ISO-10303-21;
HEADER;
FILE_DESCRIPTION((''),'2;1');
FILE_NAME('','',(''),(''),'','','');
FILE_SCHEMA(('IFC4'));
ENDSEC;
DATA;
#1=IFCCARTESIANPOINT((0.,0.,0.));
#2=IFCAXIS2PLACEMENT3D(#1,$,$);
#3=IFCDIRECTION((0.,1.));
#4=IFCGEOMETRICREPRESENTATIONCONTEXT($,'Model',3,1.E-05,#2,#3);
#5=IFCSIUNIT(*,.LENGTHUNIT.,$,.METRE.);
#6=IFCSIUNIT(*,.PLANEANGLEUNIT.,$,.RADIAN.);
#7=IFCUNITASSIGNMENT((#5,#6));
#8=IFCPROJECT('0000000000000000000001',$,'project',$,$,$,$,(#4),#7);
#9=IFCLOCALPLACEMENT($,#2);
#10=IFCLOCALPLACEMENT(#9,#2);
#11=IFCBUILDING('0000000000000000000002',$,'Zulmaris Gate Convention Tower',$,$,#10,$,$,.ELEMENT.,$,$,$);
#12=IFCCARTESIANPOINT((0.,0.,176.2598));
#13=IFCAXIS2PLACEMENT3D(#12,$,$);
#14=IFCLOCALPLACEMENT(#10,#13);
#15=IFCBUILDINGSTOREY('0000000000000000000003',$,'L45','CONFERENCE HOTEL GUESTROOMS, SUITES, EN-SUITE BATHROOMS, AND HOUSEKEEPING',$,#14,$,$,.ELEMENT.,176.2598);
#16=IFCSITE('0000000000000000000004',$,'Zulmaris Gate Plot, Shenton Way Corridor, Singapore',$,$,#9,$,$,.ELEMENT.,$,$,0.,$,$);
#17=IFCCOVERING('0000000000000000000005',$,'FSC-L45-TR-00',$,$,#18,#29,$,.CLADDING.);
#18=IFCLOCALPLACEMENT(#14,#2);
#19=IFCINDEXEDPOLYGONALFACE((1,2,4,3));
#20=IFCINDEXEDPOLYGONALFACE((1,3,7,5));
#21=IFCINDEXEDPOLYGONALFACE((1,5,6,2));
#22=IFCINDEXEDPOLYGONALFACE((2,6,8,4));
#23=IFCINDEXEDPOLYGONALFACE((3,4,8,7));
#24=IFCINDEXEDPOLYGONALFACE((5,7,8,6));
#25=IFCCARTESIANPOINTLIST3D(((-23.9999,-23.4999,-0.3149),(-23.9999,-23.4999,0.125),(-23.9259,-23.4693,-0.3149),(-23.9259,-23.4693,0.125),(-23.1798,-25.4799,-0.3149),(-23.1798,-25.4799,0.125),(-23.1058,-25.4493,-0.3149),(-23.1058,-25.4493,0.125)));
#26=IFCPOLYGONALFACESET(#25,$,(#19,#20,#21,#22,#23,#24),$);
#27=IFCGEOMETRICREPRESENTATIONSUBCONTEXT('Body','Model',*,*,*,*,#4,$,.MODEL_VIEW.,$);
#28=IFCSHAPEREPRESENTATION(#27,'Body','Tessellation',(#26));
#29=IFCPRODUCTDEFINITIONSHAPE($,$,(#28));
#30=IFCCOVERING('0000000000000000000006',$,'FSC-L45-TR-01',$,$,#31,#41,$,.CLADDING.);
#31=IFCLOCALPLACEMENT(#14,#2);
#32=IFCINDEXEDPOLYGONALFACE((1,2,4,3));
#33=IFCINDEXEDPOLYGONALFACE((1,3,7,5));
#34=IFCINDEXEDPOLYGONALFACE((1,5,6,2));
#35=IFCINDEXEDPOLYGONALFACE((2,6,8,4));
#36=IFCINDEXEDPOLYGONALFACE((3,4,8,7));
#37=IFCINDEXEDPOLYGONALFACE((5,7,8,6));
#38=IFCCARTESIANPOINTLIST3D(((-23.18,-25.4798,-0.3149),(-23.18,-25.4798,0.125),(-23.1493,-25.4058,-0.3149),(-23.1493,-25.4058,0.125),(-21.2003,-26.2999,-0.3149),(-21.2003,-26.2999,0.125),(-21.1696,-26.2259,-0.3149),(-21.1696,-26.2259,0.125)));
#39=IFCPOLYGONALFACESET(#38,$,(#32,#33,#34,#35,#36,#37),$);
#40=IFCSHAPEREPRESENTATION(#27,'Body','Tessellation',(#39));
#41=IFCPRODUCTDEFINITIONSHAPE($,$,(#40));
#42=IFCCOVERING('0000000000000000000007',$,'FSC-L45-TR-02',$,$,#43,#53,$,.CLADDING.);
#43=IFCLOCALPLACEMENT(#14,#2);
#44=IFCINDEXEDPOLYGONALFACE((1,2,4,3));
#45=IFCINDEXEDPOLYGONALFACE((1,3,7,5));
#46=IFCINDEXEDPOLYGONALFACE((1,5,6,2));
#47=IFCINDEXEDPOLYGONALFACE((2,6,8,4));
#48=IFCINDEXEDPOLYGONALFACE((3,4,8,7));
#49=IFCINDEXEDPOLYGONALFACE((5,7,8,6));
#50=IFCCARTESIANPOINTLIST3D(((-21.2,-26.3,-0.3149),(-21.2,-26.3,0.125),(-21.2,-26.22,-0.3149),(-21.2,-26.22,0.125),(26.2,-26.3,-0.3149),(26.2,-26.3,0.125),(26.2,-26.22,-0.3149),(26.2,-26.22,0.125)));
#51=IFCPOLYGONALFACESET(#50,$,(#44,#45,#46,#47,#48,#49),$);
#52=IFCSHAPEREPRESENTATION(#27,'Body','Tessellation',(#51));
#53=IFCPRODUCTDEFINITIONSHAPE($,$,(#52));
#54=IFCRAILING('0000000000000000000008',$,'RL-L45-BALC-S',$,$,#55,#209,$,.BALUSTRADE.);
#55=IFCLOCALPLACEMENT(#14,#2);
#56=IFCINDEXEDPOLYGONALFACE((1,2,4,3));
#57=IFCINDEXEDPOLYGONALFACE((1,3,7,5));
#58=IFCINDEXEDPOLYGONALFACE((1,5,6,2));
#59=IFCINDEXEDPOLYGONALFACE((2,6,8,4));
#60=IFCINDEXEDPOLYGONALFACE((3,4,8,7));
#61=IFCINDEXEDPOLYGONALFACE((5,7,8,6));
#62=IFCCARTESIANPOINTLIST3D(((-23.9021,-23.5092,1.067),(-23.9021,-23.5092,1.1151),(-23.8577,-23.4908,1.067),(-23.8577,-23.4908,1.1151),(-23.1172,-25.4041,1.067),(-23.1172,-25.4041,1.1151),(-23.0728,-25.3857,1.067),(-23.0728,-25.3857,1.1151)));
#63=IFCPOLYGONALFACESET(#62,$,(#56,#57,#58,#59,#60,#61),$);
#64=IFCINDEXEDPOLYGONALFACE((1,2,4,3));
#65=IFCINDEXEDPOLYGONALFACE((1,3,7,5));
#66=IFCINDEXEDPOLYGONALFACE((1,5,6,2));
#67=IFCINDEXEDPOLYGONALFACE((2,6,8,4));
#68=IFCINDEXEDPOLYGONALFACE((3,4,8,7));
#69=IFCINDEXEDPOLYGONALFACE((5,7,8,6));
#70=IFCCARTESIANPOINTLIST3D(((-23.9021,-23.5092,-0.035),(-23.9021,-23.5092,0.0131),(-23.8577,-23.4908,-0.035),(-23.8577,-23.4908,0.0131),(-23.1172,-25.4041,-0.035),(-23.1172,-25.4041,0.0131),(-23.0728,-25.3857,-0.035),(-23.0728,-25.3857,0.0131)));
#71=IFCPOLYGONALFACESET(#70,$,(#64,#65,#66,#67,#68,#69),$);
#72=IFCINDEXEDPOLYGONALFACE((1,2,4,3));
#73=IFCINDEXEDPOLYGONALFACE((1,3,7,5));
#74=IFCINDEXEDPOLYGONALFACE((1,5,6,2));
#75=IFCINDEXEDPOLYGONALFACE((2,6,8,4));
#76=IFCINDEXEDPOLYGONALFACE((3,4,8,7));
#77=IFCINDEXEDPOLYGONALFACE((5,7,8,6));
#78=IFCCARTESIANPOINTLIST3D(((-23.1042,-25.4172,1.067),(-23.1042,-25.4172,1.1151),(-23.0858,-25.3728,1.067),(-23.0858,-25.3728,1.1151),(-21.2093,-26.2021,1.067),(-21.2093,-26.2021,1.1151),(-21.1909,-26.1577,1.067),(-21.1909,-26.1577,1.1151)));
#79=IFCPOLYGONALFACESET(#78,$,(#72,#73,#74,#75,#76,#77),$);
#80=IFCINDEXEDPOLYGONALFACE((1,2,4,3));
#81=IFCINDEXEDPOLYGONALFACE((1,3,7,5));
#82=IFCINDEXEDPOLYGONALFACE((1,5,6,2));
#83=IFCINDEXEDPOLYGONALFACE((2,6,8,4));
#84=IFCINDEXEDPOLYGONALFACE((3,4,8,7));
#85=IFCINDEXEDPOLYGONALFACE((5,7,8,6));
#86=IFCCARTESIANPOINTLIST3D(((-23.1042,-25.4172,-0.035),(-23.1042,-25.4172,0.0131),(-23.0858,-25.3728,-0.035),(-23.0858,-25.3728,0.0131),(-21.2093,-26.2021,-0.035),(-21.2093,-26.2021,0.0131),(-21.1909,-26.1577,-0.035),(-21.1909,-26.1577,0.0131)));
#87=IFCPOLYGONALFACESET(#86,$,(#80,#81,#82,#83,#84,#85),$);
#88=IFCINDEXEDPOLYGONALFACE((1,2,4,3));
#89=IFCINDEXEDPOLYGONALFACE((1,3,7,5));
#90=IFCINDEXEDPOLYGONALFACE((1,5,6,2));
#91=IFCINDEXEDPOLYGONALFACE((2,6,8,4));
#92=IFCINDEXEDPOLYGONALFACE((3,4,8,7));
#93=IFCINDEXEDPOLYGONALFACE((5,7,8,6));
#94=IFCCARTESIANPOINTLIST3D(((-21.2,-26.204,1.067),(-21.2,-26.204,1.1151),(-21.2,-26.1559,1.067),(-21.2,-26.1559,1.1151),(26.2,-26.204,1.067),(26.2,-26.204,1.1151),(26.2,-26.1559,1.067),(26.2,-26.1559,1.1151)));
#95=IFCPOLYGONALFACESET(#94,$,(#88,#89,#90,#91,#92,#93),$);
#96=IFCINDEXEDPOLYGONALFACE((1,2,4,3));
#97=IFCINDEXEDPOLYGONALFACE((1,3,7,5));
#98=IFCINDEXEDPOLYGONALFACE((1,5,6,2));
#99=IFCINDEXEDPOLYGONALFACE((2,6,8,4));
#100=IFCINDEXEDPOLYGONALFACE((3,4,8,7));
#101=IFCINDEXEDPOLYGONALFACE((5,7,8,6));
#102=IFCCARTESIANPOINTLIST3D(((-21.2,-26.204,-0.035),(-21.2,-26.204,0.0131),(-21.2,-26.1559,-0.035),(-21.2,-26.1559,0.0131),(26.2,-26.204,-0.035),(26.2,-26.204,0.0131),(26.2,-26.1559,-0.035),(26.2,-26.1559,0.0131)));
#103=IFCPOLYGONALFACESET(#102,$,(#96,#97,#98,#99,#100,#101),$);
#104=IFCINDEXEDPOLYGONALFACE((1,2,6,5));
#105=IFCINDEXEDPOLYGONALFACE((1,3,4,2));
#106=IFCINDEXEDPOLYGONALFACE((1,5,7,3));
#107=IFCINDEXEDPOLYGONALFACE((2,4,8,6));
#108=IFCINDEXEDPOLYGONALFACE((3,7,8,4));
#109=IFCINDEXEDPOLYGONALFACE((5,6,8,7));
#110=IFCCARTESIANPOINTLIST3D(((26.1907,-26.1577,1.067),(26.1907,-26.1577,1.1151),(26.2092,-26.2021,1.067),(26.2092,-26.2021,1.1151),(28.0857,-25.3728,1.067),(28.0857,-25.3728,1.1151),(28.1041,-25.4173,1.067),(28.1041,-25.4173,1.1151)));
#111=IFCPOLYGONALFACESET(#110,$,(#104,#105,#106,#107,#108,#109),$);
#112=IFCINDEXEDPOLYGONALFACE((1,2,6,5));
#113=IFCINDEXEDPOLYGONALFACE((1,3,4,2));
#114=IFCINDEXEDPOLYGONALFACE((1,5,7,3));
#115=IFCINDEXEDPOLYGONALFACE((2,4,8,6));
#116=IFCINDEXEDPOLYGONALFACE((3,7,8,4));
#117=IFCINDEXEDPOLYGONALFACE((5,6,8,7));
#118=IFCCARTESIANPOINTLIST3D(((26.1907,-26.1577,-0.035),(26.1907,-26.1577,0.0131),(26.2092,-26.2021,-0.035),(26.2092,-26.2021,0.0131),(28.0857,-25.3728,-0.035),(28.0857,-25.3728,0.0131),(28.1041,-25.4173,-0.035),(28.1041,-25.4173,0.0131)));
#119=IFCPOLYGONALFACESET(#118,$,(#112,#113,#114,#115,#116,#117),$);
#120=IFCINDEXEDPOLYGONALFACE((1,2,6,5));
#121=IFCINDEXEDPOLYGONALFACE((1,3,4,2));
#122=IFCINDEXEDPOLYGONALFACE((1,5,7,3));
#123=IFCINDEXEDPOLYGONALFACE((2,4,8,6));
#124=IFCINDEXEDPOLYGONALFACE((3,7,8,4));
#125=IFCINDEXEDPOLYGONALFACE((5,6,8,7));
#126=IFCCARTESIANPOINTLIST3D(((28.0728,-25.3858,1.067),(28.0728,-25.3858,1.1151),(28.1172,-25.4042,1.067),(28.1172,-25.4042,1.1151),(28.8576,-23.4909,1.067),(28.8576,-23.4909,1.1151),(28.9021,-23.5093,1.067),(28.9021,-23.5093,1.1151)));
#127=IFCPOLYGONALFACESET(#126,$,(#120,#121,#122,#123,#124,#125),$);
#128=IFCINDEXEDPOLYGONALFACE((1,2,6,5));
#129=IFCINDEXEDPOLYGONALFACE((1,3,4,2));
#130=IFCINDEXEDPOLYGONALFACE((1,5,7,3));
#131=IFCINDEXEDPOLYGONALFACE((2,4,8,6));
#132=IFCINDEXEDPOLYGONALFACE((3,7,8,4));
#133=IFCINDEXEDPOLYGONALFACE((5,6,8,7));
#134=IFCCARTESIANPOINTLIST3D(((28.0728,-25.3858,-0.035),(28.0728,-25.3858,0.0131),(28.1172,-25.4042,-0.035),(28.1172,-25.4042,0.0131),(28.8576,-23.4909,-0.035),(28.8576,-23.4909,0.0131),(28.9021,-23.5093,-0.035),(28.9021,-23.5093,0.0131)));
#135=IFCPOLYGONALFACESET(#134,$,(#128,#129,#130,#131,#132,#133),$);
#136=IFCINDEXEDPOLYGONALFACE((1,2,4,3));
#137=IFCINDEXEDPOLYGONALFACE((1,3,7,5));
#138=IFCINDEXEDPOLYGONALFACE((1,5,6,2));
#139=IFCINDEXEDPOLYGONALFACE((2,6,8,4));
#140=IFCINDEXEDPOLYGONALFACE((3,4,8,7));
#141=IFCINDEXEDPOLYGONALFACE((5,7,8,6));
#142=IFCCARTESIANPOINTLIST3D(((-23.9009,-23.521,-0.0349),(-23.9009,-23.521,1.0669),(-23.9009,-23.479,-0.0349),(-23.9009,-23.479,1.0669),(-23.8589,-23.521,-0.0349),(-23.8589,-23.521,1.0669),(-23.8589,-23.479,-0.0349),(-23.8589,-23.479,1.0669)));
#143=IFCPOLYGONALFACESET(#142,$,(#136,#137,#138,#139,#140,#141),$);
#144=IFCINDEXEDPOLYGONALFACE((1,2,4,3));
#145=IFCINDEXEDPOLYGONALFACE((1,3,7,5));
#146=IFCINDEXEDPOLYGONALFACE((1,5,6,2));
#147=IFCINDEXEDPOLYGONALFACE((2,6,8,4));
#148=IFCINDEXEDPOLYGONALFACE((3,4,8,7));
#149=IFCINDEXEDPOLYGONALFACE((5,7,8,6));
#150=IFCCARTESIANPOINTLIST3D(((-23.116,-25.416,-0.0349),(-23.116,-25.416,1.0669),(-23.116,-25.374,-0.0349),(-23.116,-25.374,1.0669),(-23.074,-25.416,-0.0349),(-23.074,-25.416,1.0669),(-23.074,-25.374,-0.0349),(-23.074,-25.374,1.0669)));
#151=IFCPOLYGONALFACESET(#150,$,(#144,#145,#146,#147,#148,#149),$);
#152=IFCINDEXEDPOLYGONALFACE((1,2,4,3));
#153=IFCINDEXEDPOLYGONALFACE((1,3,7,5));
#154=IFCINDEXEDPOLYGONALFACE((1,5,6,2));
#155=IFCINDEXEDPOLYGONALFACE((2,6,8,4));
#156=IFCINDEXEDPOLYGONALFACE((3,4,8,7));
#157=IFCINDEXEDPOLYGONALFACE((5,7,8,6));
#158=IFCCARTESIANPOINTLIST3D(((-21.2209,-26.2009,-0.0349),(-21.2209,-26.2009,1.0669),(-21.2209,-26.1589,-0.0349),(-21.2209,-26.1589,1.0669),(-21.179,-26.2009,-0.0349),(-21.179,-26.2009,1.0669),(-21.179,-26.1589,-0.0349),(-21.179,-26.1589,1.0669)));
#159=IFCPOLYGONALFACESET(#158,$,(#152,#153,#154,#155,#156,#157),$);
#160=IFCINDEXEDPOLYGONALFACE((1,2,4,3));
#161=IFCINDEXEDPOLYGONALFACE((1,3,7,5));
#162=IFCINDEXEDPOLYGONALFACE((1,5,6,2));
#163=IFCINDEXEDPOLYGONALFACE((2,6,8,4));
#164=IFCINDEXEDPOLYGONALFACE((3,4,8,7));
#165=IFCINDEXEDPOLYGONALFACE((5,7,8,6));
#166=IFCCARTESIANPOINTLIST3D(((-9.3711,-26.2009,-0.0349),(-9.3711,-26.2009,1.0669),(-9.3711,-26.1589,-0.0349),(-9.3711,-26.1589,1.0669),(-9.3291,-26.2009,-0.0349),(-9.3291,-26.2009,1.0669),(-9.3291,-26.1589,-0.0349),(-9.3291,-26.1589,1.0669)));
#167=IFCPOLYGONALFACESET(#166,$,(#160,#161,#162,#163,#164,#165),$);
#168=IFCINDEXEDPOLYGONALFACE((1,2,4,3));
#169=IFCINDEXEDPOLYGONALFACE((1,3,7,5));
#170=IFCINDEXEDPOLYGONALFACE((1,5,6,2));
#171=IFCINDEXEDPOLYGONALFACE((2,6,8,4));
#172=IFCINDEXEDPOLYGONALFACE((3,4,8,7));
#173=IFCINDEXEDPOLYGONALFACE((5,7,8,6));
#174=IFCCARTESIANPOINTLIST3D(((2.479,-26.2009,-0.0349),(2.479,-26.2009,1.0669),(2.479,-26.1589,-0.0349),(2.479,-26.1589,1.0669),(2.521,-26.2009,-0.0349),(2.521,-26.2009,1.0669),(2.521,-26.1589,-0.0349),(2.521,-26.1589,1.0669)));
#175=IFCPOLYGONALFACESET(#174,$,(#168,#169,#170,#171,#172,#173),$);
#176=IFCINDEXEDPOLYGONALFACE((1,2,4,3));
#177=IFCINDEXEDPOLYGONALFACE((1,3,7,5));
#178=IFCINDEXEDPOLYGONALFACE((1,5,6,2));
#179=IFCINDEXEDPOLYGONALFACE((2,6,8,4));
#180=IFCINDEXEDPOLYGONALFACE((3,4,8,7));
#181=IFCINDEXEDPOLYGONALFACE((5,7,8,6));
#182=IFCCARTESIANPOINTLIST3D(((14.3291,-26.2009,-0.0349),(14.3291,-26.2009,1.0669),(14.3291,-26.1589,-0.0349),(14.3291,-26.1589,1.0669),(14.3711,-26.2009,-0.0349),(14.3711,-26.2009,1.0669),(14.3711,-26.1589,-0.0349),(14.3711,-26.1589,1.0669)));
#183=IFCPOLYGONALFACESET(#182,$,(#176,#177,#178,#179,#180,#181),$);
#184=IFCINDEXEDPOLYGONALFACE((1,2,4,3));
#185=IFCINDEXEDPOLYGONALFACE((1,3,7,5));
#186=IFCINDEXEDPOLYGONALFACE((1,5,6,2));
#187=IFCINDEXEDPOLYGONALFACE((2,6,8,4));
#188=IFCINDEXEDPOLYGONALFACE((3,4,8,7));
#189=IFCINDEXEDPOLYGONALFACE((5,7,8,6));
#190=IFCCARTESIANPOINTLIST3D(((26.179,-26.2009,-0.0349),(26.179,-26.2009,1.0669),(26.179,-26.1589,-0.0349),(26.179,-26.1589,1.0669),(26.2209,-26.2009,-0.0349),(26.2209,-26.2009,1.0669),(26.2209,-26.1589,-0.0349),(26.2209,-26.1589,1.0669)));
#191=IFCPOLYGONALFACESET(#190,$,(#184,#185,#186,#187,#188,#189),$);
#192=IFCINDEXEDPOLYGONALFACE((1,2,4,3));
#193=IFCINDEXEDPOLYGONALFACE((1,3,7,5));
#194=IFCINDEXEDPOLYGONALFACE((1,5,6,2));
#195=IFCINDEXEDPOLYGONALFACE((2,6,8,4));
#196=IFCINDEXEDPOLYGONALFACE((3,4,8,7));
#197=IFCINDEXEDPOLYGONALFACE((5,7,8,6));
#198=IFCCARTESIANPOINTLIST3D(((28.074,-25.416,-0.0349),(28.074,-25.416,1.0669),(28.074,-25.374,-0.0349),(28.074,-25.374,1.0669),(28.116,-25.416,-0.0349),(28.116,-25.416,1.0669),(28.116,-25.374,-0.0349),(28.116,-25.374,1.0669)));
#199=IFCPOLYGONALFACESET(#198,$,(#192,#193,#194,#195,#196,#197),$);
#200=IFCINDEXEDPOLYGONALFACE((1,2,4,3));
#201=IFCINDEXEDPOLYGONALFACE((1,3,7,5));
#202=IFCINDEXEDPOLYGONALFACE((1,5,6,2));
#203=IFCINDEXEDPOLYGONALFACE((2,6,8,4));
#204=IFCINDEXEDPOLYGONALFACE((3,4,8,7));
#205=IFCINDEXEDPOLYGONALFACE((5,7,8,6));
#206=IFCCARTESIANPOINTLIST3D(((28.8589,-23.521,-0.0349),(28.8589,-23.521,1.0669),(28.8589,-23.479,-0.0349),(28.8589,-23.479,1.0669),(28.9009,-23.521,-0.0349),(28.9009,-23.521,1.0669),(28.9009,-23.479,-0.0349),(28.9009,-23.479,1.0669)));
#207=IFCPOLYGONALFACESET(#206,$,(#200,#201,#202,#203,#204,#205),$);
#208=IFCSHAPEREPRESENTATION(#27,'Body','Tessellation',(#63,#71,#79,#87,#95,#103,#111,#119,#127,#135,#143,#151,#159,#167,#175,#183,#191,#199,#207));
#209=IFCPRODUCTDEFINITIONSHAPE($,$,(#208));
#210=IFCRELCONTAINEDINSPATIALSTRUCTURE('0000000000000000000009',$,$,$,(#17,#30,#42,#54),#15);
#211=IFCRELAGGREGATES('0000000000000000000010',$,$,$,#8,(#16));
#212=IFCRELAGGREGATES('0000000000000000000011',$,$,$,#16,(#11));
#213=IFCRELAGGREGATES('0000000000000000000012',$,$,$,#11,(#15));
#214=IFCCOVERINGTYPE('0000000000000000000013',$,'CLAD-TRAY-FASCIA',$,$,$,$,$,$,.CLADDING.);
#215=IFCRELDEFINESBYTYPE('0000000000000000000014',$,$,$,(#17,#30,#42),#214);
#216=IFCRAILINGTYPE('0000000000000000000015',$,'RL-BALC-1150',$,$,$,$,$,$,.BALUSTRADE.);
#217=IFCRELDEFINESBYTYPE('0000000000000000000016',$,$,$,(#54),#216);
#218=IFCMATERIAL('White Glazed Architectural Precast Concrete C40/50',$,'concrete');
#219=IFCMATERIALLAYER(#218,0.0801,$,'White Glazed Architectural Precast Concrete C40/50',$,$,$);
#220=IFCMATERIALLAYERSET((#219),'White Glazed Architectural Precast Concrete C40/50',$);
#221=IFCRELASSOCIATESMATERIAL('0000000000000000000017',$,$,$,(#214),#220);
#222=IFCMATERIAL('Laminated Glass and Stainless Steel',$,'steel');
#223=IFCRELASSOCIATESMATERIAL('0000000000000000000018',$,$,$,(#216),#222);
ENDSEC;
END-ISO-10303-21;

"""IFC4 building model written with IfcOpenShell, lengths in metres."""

from ifc_helpers import new_model, si_unit, direction, frame, frame_2d, origin, origin_2d, place, context, subcontext, project, spatial, rectangle, extrude, material, layer, layer_set, type_object, element, save


model = new_model("IFC4")

# Units and contexts
model_context = context("Model", 3, precision=1e-05, world=origin(), true_north=direction((0.0, 1.0)))
body_context = subcontext(model_context, "Body", "Model", "MODEL_VIEW")
ifc_project = project(units=[si_unit("LENGTHUNIT", "METRE"), si_unit("PLANEANGLEUNIT", "RADIAN")], contexts=[model_context])

# Site, building, storey
site_placement = place(None, origin())
site = spatial("IfcSite", under=ifc_project, at=site_placement, Name="Zulmaris Gate Plot, Shenton Way Corridor, Singapore", CompositionType="ELEMENT", RefElevation=0.0)
building_placement = place(site_placement, origin())
building = spatial("IfcBuilding", under=site, at=building_placement, Name="Zulmaris Gate Convention Tower", CompositionType="ELEMENT")
storey_placement = place(building_placement, frame((0.0, 0.0, 176.2598)))
storey = spatial("IfcBuildingStorey", under=building, at=storey_placement, Name="L45", Description="CONFERENCE HOTEL GUESTROOMS, SUITES, EN-SUITE BATHROOMS, AND HOUSEKEEPING", CompositionType="ELEMENT", Elevation=176.2598)

# Coverings
ifc_material_1 = material(Name="White Glazed Architectural Precast Concrete C40/50", Category="concrete")
ifc_layer_1 = layer(ifc_material_1, 0.0801, Name="White Glazed Architectural Precast Concrete C40/50")
ifc_layer_set_1 = layer_set([ifc_layer_1], Name="White Glazed Architectural Precast Concrete C40/50")
covering_type_1 = type_object("IfcCoveringType", Name="CLAD-TRAY-FASCIA", PredefinedType="CLADDING", material=ifc_layer_set_1)
covering_1_placement = place(storey_placement, frame((-23.9629, -23.4846, -0.3149), z_axis=(0.0, 0.0, 1.0), x_axis=(0.382657, -0.92389, 0.0)))
element("IfcCovering", 1, at=covering_1_placement, inside=storey, type_object=covering_type_1, Name="FSC-L45-TR-00", PredefinedType="CLADDING", context=body_context, shape_type="SweptSolid", body=[
    extrude(rectangle(XDim=2.1431, YDim=0.0801, at=frame_2d((1.0715, 0.0))), origin(), (0.0, 0.0, 1.0), 0.4399),
])
covering_2_placement = place(storey_placement, frame((-23.1646, -25.4429, -0.3149), z_axis=(0.0, 0.0, 1.0), x_axis=(0.923874, -0.382697, 0.0)))
element("IfcCovering", 2, at=covering_2_placement, inside=storey, type_object=covering_type_1, Name="FSC-L45-TR-01", PredefinedType="CLADDING", context=body_context, shape_type="SweptSolid", body=[
    extrude(rectangle(XDim=2.1428, YDim=0.0801, at=frame_2d((1.0713, 0.0))), origin(), (0.0, 0.0, 1.0), 0.4399),
])
covering_3_placement = place(storey_placement, frame((-21.2, -26.26, -0.3149), z_axis=(0.0, 0.0, 1.0), x_axis=(1.0, 0.0, 0.0)))
element("IfcCovering", 3, at=covering_3_placement, inside=storey, type_object=covering_type_1, Name="FSC-L45-TR-02", PredefinedType="CLADDING", context=body_context, shape_type="SweptSolid", body=[
    extrude(rectangle(XDim=47.3999, YDim=0.0801, at=frame_2d((23.7, 0.0))), origin(), (0.0, 0.0, 1.0), 0.4399),
])

# Railing
ifc_material_2 = material(Name="Laminated Glass and Stainless Steel", Category="steel")
railing_type = type_object("IfcRailingType", Name="RL-BALC-1150", PredefinedType="BALUSTRADE", material=ifc_material_2)
railing_placement = place(storey_placement, frame((-23.8799, -23.5, -0.0349)))
element("IfcRailing", 4, at=railing_placement, inside=storey, type_object=railing_type, Name="RL-L45-BALC-S", PredefinedType="BALUSTRADE", context=body_context, shape_type="SweptSolid", body=[
    extrude(rectangle(XDim=0.0481, YDim=0.0481, at=origin_2d()), frame((0.0, 0.0, 1.126), z_axis=(0.382671, -0.923885, 0.0), x_axis=(0.923885, 0.382671, 0.0)), (0.0, 0.0, 1.0), 2.051),
    extrude(rectangle(XDim=0.0481, YDim=0.0481, at=origin_2d()), frame((0.0, 0.0, 0.0239), z_axis=(0.382671, -0.923885, 0.0), x_axis=(0.923885, 0.382671, 0.0)), (0.0, 0.0, 1.0), 2.051),
    extrude(rectangle(XDim=0.0481, YDim=0.0481, at=origin_2d()), frame((0.7849, -1.895, 1.126), z_axis=(0.923885, -0.382671, 0.0), x_axis=(0.382671, 0.923885, 0.0)), (0.0, 0.0, 1.0), 2.051),
    extrude(rectangle(XDim=0.0481, YDim=0.0481, at=origin_2d()), frame((0.7849, -1.895, 0.0239), z_axis=(0.923885, -0.382671, 0.0), x_axis=(0.382671, 0.923885, 0.0)), (0.0, 0.0, 1.0), 2.051),
    extrude(rectangle(XDim=0.0481, YDim=0.0481, at=origin_2d()), frame((2.6799, -2.6799, 1.126), z_axis=(1.0, 0.0, 0.0), x_axis=(0.0, 1.0, 0.0)), (0.0, 0.0, 1.0), 47.3999),
    extrude(rectangle(XDim=0.0481, YDim=0.0481, at=origin_2d()), frame((2.6799, -2.6799, 0.0239), z_axis=(1.0, 0.0, 0.0), x_axis=(0.0, 1.0, 0.0)), (0.0, 0.0, 1.0), 47.3999),
    extrude(rectangle(XDim=0.0481, YDim=0.0481, at=origin_2d()), frame((50.0798, -2.6799, 1.126), z_axis=(0.923885, 0.382671, 0.0), x_axis=(-0.382671, 0.923885, 0.0)), (0.0, 0.0, 1.0), 2.051),
    extrude(rectangle(XDim=0.0481, YDim=0.0481, at=origin_2d()), frame((50.0798, -2.6799, 0.0239), z_axis=(0.923885, 0.382671, 0.0), x_axis=(-0.382671, 0.923885, 0.0)), (0.0, 0.0, 1.0), 2.051),
    extrude(rectangle(XDim=0.0481, YDim=0.0481, at=origin_2d()), frame((51.9749, -1.895, 1.126), z_axis=(0.382671, 0.923885, 0.0), x_axis=(-0.923885, 0.382671, 0.0)), (0.0, 0.0, 1.0), 2.051),
    extrude(rectangle(XDim=0.0481, YDim=0.0481, at=origin_2d()), frame((51.9749, -1.895, 0.0239), z_axis=(0.382671, 0.923885, 0.0), x_axis=(-0.923885, 0.382671, 0.0)), (0.0, 0.0, 1.0), 2.051),
    extrude(rectangle(XDim=0.042, YDim=0.042, at=origin_2d()), origin(), (0.0, 0.0, 1.0), 1.1018),
    extrude(rectangle(XDim=0.042, YDim=0.042, at=origin_2d()), frame((0.7849, -1.895, 0.0)), (0.0, 0.0, 1.0), 1.1018),
    extrude(rectangle(XDim=0.042, YDim=0.042, at=origin_2d()), frame((2.6799, -2.6799, 0.0)), (0.0, 0.0, 1.0), 1.1018),
    extrude(rectangle(XDim=0.042, YDim=0.042, at=origin_2d()), frame((14.5298, -2.6799, 0.0)), (0.0, 0.0, 1.0), 1.1018),
    extrude(rectangle(XDim=0.042, YDim=0.042, at=origin_2d()), frame((26.3799, -2.6799, 0.0)), (0.0, 0.0, 1.0), 1.1018),
    extrude(rectangle(XDim=0.042, YDim=0.042, at=origin_2d()), frame((38.23, -2.6799, 0.0)), (0.0, 0.0, 1.0), 1.1018),
    extrude(rectangle(XDim=0.042, YDim=0.042, at=origin_2d()), frame((50.0798, -2.6799, 0.0)), (0.0, 0.0, 1.0), 1.1018),
    extrude(rectangle(XDim=0.042, YDim=0.042, at=origin_2d()), frame((51.9749, -1.895, 0.0)), (0.0, 0.0, 1.0), 1.1018),
    extrude(rectangle(XDim=0.042, YDim=0.042, at=origin_2d()), frame((52.7598, 0.0, 0.0)), (0.0, 0.0, 1.0), 1.1018),
])

save(model, "model.ifc")
